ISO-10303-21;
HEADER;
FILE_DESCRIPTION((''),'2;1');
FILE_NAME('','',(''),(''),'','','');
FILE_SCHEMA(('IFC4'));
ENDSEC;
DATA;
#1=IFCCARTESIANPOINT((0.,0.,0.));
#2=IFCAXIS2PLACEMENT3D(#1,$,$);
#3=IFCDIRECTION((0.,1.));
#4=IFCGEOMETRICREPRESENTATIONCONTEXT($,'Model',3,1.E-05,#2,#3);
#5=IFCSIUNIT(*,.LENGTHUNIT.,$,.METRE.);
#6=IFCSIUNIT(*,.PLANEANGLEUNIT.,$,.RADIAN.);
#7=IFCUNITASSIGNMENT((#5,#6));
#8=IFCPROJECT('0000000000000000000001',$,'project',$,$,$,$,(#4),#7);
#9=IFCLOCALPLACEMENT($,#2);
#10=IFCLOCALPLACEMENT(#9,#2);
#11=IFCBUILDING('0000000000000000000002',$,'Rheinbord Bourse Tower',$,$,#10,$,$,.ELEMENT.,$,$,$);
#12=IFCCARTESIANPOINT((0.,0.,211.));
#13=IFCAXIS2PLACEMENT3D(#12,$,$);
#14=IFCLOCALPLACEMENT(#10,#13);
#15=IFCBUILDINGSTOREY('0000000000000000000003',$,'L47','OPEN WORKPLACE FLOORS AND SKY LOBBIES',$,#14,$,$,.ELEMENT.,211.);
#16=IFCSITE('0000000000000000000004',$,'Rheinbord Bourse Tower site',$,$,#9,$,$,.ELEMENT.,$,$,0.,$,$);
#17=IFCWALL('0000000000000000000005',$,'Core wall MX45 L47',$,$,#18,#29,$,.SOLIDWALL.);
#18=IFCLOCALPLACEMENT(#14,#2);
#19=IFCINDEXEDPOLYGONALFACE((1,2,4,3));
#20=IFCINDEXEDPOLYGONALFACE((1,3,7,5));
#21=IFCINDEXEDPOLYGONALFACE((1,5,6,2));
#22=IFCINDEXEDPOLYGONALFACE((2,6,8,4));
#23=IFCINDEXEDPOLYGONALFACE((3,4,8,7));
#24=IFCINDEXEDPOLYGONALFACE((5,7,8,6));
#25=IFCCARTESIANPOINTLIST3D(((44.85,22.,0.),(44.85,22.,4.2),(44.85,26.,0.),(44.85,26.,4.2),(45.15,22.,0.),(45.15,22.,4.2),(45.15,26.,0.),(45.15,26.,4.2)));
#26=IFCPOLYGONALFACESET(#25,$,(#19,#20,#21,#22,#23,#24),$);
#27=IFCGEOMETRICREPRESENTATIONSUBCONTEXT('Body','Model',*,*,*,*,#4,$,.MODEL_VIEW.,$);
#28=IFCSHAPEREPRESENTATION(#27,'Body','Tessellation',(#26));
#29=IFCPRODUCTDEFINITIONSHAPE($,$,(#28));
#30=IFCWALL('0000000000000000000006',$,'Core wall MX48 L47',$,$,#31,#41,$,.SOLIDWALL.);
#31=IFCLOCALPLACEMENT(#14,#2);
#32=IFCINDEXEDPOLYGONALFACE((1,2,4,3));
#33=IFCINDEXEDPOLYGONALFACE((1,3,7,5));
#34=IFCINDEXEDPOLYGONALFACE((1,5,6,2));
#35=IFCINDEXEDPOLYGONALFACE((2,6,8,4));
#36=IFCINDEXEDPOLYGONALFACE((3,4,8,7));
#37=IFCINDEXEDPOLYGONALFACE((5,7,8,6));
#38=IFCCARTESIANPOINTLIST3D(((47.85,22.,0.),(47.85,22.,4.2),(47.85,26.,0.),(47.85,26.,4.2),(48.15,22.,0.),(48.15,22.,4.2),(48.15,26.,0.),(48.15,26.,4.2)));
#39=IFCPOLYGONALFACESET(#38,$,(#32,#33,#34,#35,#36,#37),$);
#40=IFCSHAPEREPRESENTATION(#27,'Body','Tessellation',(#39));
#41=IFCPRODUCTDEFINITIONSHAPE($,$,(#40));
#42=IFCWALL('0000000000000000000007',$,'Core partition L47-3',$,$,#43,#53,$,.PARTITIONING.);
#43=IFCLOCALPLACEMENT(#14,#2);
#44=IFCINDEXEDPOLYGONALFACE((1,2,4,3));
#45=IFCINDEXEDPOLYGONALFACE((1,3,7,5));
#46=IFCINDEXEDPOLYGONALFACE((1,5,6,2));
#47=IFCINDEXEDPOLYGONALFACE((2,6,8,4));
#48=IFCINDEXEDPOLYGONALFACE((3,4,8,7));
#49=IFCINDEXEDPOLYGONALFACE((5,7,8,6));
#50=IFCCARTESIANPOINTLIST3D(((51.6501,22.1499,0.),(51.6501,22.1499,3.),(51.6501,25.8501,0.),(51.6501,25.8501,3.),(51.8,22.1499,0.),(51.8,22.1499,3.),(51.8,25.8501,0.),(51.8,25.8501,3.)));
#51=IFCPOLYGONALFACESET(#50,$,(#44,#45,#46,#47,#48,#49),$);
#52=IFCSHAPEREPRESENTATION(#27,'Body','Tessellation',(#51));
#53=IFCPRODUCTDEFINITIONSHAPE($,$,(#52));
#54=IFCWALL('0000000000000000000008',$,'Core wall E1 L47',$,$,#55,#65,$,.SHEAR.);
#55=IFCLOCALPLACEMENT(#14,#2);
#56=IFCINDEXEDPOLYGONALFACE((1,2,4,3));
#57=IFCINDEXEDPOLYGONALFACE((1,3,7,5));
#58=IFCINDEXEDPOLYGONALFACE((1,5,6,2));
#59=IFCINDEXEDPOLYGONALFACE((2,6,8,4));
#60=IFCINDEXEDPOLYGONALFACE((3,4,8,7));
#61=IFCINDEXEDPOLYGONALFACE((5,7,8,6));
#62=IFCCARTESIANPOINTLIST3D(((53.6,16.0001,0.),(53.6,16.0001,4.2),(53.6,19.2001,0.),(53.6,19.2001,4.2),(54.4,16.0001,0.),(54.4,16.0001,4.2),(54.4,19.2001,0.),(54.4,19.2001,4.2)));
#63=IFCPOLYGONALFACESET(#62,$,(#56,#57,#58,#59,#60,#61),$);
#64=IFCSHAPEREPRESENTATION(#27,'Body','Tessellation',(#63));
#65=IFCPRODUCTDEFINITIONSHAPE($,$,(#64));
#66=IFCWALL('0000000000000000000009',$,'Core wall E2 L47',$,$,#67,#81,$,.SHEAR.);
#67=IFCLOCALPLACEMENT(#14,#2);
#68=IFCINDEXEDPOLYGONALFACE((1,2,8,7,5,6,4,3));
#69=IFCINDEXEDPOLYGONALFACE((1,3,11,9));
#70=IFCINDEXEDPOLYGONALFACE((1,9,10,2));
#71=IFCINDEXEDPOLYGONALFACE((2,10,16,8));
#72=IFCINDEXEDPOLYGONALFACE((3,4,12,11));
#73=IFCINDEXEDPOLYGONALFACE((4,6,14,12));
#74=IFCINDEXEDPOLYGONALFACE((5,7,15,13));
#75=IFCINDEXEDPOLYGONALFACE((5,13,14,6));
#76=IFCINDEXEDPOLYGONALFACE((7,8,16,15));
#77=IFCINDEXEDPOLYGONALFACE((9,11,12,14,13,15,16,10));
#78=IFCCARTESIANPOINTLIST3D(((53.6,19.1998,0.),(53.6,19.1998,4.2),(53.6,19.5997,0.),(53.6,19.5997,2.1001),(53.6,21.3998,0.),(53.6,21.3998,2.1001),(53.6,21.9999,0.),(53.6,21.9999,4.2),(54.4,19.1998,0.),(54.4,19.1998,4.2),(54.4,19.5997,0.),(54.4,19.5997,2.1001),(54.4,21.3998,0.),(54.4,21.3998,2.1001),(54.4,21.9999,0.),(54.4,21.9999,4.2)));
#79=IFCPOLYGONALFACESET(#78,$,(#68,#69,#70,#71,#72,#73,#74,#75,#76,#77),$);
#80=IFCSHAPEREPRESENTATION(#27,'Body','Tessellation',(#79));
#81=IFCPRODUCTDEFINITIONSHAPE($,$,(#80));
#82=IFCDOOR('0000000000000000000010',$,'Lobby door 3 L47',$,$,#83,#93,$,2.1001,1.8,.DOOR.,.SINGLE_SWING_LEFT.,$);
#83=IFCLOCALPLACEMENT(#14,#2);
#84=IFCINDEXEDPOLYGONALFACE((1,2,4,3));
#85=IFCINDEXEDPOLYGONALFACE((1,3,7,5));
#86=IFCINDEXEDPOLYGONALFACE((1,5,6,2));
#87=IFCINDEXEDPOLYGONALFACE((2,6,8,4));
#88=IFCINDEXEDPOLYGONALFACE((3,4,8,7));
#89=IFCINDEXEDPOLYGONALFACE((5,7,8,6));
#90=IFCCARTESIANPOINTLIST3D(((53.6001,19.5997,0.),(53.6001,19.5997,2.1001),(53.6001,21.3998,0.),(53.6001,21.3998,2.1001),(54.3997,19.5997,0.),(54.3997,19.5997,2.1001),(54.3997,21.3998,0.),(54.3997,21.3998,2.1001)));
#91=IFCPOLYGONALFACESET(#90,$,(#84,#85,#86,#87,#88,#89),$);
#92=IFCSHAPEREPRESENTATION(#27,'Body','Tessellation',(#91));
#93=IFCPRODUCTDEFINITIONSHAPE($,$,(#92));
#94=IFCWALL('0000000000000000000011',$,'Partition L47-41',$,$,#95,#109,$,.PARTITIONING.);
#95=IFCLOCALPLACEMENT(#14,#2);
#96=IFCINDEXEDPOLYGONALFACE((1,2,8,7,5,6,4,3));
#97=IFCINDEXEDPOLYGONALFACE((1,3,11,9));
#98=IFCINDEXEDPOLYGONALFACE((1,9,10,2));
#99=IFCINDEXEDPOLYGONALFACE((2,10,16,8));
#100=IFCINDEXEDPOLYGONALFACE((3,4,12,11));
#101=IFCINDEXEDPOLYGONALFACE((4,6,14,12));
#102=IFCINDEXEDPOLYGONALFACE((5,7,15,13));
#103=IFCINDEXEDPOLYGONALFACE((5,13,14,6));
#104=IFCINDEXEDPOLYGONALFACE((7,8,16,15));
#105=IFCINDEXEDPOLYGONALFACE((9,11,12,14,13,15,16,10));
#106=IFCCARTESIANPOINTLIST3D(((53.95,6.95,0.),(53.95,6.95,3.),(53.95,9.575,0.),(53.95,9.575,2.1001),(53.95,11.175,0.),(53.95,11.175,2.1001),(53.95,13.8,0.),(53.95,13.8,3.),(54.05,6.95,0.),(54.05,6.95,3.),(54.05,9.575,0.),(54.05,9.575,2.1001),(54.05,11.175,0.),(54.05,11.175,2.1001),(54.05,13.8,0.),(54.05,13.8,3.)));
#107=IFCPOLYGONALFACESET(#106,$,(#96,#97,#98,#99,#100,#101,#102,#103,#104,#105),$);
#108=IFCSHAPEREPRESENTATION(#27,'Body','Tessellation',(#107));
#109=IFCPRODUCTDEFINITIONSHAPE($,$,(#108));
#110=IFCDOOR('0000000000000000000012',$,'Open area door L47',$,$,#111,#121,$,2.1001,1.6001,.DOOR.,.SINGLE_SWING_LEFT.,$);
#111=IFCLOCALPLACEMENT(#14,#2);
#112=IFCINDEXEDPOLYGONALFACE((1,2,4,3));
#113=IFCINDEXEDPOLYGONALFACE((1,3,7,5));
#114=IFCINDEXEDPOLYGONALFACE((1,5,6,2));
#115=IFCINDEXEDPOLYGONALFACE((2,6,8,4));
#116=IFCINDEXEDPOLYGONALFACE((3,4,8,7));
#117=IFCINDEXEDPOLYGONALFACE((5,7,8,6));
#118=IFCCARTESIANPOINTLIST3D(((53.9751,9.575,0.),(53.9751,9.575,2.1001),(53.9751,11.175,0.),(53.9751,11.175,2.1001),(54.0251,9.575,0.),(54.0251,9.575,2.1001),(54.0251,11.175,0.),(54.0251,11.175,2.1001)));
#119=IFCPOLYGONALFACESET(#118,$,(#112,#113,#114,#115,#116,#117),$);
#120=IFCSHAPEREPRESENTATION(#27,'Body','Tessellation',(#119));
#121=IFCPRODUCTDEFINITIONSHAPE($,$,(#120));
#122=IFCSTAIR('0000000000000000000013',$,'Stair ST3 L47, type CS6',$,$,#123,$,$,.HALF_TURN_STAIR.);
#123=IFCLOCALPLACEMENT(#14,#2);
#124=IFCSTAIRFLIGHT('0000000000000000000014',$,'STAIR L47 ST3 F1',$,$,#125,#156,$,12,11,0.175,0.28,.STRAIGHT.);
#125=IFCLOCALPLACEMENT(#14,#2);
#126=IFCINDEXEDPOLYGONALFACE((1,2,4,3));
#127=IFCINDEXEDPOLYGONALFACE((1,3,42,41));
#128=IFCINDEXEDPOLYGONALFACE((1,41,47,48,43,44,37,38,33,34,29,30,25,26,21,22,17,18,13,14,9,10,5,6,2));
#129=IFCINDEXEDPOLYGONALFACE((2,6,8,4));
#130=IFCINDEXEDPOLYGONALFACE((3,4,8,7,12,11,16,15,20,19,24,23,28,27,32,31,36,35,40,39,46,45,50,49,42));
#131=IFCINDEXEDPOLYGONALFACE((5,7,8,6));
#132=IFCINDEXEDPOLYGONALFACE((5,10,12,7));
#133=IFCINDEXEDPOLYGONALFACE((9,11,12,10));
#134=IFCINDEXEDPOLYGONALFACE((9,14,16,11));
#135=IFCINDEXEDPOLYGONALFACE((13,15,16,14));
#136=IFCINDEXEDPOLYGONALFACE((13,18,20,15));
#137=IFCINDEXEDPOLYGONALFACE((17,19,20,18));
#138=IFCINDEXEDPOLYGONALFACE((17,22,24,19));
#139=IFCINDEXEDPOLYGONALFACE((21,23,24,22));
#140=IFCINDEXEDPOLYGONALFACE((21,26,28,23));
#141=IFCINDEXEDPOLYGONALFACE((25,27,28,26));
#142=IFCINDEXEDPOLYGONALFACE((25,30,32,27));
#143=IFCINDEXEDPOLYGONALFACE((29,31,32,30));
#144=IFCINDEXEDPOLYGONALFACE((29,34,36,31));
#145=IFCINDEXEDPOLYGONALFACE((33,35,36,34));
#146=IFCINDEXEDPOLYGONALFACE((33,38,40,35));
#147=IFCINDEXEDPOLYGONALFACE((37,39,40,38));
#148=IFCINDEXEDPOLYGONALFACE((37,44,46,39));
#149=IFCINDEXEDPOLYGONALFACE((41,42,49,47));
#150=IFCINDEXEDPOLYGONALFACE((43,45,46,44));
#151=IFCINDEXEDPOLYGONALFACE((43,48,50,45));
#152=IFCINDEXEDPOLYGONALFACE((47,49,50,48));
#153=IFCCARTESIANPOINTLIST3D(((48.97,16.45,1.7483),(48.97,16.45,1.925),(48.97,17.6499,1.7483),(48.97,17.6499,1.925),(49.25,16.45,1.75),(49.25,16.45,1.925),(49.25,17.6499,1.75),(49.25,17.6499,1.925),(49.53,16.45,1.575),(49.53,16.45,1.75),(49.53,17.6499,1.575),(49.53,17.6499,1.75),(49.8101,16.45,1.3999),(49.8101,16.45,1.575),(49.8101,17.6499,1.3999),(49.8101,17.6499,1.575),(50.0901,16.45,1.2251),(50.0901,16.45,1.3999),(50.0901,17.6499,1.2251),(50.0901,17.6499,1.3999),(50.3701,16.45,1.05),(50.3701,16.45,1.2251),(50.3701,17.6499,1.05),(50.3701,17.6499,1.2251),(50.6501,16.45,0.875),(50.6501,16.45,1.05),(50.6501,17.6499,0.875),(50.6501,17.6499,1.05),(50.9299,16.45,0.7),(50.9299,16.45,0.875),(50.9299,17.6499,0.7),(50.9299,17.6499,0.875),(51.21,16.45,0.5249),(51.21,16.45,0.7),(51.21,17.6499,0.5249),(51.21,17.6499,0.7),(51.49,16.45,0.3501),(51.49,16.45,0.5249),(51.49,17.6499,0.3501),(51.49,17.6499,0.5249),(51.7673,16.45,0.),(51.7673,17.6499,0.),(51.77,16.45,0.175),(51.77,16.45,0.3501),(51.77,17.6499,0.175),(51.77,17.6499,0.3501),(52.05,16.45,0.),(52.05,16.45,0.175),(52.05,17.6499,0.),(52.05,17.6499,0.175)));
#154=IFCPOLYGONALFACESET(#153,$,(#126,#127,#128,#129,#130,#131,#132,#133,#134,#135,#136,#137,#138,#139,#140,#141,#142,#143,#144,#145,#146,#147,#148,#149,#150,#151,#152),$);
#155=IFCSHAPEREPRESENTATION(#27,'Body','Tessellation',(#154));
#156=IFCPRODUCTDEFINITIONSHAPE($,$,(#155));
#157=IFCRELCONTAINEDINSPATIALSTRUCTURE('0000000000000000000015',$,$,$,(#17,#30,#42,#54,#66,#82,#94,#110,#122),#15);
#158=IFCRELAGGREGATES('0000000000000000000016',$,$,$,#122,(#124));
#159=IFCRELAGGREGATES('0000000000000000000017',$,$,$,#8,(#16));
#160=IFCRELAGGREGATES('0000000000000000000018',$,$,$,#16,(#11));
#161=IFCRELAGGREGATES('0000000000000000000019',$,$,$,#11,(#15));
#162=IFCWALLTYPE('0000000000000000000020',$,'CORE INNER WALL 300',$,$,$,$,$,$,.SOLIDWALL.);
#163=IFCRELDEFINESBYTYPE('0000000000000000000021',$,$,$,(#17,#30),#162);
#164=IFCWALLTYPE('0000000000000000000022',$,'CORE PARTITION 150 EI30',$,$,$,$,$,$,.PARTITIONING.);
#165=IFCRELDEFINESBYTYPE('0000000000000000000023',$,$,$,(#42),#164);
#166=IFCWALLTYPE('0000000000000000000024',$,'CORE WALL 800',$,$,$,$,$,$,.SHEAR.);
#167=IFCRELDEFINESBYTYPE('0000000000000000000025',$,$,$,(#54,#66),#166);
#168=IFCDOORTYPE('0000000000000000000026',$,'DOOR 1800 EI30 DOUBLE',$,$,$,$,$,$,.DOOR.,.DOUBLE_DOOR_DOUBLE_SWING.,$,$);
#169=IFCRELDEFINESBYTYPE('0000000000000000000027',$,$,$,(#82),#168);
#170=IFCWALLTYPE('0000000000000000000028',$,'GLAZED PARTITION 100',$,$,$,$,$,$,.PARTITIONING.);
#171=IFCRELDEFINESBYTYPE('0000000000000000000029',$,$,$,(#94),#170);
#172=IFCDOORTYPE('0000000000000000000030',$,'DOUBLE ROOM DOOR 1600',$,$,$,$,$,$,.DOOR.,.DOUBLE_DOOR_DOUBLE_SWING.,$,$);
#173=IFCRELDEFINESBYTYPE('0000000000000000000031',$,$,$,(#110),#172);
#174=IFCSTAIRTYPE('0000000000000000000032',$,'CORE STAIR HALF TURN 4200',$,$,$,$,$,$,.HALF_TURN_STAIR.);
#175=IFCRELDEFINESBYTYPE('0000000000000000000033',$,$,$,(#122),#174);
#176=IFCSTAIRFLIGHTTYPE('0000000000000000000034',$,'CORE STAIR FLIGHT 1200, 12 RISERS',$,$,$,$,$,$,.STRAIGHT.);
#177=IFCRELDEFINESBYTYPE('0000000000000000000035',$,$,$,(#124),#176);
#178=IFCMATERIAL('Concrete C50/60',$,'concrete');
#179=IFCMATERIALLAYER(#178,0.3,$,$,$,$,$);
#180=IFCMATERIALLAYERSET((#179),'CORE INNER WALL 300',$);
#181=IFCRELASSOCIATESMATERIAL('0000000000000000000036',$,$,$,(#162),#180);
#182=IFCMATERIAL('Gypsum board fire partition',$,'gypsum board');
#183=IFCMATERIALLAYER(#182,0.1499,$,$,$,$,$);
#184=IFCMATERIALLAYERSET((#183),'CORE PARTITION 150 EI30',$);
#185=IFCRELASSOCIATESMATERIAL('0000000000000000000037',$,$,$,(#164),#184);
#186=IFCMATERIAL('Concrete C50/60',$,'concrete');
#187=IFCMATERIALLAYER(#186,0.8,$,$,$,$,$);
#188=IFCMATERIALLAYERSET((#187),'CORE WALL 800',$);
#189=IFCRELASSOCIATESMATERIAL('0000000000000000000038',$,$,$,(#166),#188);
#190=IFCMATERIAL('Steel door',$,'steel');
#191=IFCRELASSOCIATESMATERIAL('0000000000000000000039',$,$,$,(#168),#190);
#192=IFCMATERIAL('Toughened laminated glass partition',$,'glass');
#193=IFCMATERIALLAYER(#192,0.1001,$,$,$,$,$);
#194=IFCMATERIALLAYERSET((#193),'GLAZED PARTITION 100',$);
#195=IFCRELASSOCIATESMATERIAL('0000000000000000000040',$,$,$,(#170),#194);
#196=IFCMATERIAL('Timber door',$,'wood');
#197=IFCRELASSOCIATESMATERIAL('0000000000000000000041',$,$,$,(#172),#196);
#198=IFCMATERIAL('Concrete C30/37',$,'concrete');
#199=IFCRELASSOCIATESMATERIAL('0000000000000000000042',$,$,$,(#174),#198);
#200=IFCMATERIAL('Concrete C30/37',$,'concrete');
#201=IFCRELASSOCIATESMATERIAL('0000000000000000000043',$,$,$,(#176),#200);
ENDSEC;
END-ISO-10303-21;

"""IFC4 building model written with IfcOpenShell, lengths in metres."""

from ifc_helpers import new_model, si_unit, direction, frame, frame_2d, origin, place, context, subcontext, project, spatial, polyline, rectangle, outline, extrude, material, layer, layer_set, type_object, element, fill, aggregate, save


model = new_model("IFC4")

# Units and contexts
model_context = context("Model", 3, precision=1e-05, world=origin(), true_north=direction((0.0, 1.0)))
body_context = subcontext(model_context, "Body", "Model", "MODEL_VIEW")
ifc_project = project(units=[si_unit("LENGTHUNIT", "METRE"), si_unit("PLANEANGLEUNIT", "RADIAN")], contexts=[model_context])

# Site, building, storey
site_placement = place(None, origin())
site = spatial("IfcSite", under=ifc_project, at=site_placement, Name="Rheinbord Bourse Tower site", CompositionType="ELEMENT", RefElevation=0.0)
building_placement = place(site_placement, origin())
building = spatial("IfcBuilding", under=site, at=building_placement, Name="Rheinbord Bourse Tower", CompositionType="ELEMENT")
storey_placement = place(building_placement, frame((0.0, 0.0, 211.0)))
storey = spatial("IfcBuildingStorey", under=building, at=storey_placement, Name="L47", Description="OPEN WORKPLACE FLOORS AND SKY LOBBIES", CompositionType="ELEMENT", Elevation=211.0)

# Shared definitions
ifc_material_1 = material(Name="Concrete C50/60", Category="concrete")
ifc_layer_1 = layer(ifc_material_1, 0.3)
ifc_layer_set_1 = layer_set([ifc_layer_1], Name="CORE INNER WALL 300")
wall_type_1 = type_object("IfcWallType", Name="CORE INNER WALL 300", PredefinedType="SOLIDWALL", material=ifc_layer_set_1)

# Walls
for number, where, z_axis, x_axis, name in (
    (1, (45.0, 22.0, 0.0), (0.0, 0.0, 1.0), (0.0, 1.0, 0.0), "Core wall MX45 L47"),
    (2, (48.0, 22.0, 0.0), (0.0, 0.0, 1.0), (0.0, 1.0, 0.0), "Core wall MX48 L47"),
):
    element("IfcWall", number, at=place(storey_placement, frame(where, z_axis=z_axis, x_axis=x_axis)), inside=storey, type_object=wall_type_1, Name=name, PredefinedType="SOLIDWALL", context=body_context, shape_type="SweptSolid", body=[
        extrude(rectangle(XDim=4.0, YDim=0.3, at=frame_2d((2.0, 0.0))), origin(), (0.0, 0.0, 1.0), 4.2),
    ])
ifc_material_2 = material(Name="Gypsum board fire partition", Category="gypsum board")
ifc_layer_2 = layer(ifc_material_2, 0.1499)
ifc_layer_set_2 = layer_set([ifc_layer_2], Name="CORE PARTITION 150 EI30")
wall_type_2 = type_object("IfcWallType", Name="CORE PARTITION 150 EI30", PredefinedType="PARTITIONING", material=ifc_layer_set_2)
wall_1_placement = place(storey_placement, frame((51.7251, 22.1499, 0.0), z_axis=(0.0, 0.0, 1.0), x_axis=(0.0, 1.0, 0.0)))
element("IfcWall", 3, at=wall_1_placement, inside=storey, type_object=wall_type_2, Name="Core partition L47-3", PredefinedType="PARTITIONING", context=body_context, shape_type="SweptSolid", body=[
    extrude(rectangle(XDim=3.7002, YDim=0.1499, at=frame_2d((1.8501, 0.0))), origin(), (0.0, 0.0, 1.0), 3.0),
])
ifc_material_3 = material(Name="Concrete C50/60", Category="concrete")
ifc_layer_3 = layer(ifc_material_3, 0.8)
ifc_layer_set_3 = layer_set([ifc_layer_3], Name="CORE WALL 800")
wall_type_3 = type_object("IfcWallType", Name="CORE WALL 800", PredefinedType="SHEAR", material=ifc_layer_set_3)
wall_2_placement = place(storey_placement, frame((54.0, 16.0, 0.0), z_axis=(0.0, 0.0, 1.0), x_axis=(0.0, 1.0, 0.0)))
element("IfcWall", 4, at=wall_2_placement, inside=storey, type_object=wall_type_3, Name="Core wall E1 L47", PredefinedType="SHEAR", context=body_context, shape_type="SweptSolid", body=[
    extrude(rectangle(XDim=3.2, YDim=0.8, at=frame_2d((1.6001, 0.0))), origin(), (0.0, 0.0, 1.0), 4.2),
])

# Walls, openings, doors
wall_3_placement = place(storey_placement, frame((54.0, 19.2, 0.0), z_axis=(0.0, 0.0, 1.0), x_axis=(0.0, 1.0, 0.0)))
wall_3 = element("IfcWall", 5, at=wall_3_placement, inside=storey, type_object=wall_type_3, Name="Core wall E2 L47", PredefinedType="SHEAR", context=body_context, shape_type="SweptSolid", body=[
    extrude(rectangle(XDim=2.8, YDim=0.8, at=frame_2d((1.3999, 0.0))), origin(), (0.0, 0.0, 1.0), 4.2),
])
opening_1_placement = place(wall_3_placement, frame((0.3999, 0.0, 0.0)))
opening_1 = element("IfcOpeningElement", 6, at=opening_1_placement, cuts=wall_3, PredefinedType="OPENING", context=body_context, shape_type="SweptSolid", body=[
    extrude(rectangle(XDim=1.8, YDim=2.1001, at=frame_2d((0.8999, 1.05))), frame((0.0, 0.4099, 0.0), z_axis=(0.0, -1.0, 0.0), x_axis=(1.0, 0.0, 0.0)), (0.0, 0.0, 1.0), 0.8201),
])
ifc_material_4 = material(Name="Steel door", Category="steel")
door_type_1 = type_object("IfcDoorType", Name="DOOR 1800 EI30 DOUBLE", OperationType="DOUBLE_DOOR_DOUBLE_SWING", PredefinedType="DOOR", material=ifc_material_4)
door_1_placement = place(opening_1_placement, origin())
door_1 = element("IfcDoor", 7, at=door_1_placement, inside=storey, type_object=door_type_1, Name="Lobby door 3 L47", OperationType="SINGLE_SWING_LEFT", OverallHeight=2.1001, OverallWidth=1.8, PredefinedType="DOOR", context=body_context, shape_type="SweptSolid", body=[
    extrude(rectangle(XDim=1.8, YDim=2.1001, at=frame_2d((0.8999, 1.05))), frame((0.0, 0.3999, 0.0), z_axis=(0.0, -1.0, 0.0), x_axis=(1.0, 0.0, 0.0)), (0.0, 0.0, 1.0), 0.7996),
])
fill(opening_1, door_1)
ifc_material_5 = material(Name="Toughened laminated glass partition", Category="glass")
ifc_layer_4 = layer(ifc_material_5, 0.1001)
ifc_layer_set_4 = layer_set([ifc_layer_4], Name="GLAZED PARTITION 100")
wall_type_4 = type_object("IfcWallType", Name="GLAZED PARTITION 100", PredefinedType="PARTITIONING", material=ifc_layer_set_4)
wall_4_placement = place(storey_placement, frame((54.0, 6.95, 0.0), z_axis=(0.0, 0.0, 1.0), x_axis=(0.0, 1.0, 0.0)))
wall_4 = element("IfcWall", 8, at=wall_4_placement, inside=storey, type_object=wall_type_4, Name="Partition L47-41", PredefinedType="PARTITIONING", context=body_context, shape_type="SweptSolid", body=[
    extrude(rectangle(XDim=6.8501, YDim=0.1001, at=frame_2d((3.425, 0.0))), origin(), (0.0, 0.0, 1.0), 3.0),
])
opening_2_placement = place(wall_4_placement, frame((2.625, 0.0, 0.0)))
opening_2 = element("IfcOpeningElement", 9, at=opening_2_placement, cuts=wall_4, PredefinedType="OPENING", context=body_context, shape_type="SweptSolid", body=[
    extrude(rectangle(XDim=1.6001, YDim=2.1001, at=frame_2d((0.8, 1.05))), frame((0.0, 0.0601, 0.0), z_axis=(0.0, -1.0, 0.0), x_axis=(1.0, 0.0, 0.0)), (0.0, 0.0, 1.0), 0.1201),
])
ifc_material_6 = material(Name="Timber door", Category="wood")
door_type_2 = type_object("IfcDoorType", Name="DOUBLE ROOM DOOR 1600", OperationType="DOUBLE_DOOR_DOUBLE_SWING", PredefinedType="DOOR", material=ifc_material_6)
door_2_placement = place(opening_2_placement, origin())
door_2 = element("IfcDoor", 10, at=door_2_placement, inside=storey, type_object=door_type_2, Name="Open area door L47", OperationType="SINGLE_SWING_LEFT", OverallHeight=2.1001, OverallWidth=1.6001, PredefinedType="DOOR", context=body_context, shape_type="SweptSolid", body=[
    extrude(rectangle(XDim=1.6001, YDim=2.1001, at=frame_2d((0.8, 1.05))), frame((0.0, 0.0249, 0.0), z_axis=(0.0, -1.0, 0.0), x_axis=(1.0, 0.0, 0.0)), (0.0, 0.0, 1.0), 0.05),
])
fill(opening_2, door_2)

# Stair, stair flight
ifc_material_7 = material(Name="Concrete C30/37", Category="concrete")
stair_type = type_object("IfcStairType", Name="CORE STAIR HALF TURN 4200", PredefinedType="HALF_TURN_STAIR", material=ifc_material_7)
stair_placement = place(storey_placement, origin())
stair = element("IfcStair", 11, at=stair_placement, inside=storey, type_object=stair_type, Name="Stair ST3 L47, type CS6", PredefinedType="HALF_TURN_STAIR")
ifc_material_8 = material(Name="Concrete C30/37", Category="concrete")
stair_flight_type = type_object("IfcStairFlightType", Name="CORE STAIR FLIGHT 1200, 12 RISERS", PredefinedType="STRAIGHT", material=ifc_material_8)
stair_flight_1_placement = place(storey_placement, frame((52.05, 17.05, 0.0), z_axis=(0.0, 0.0, 1.0), x_axis=(-1.0, 0.0, 0.0)))
stair_flight_1 = element("IfcStairFlight", 12, at=stair_flight_1_placement, type_object=stair_flight_type, Name="STAIR L47 ST3 F1", NumberOfRisers=12, NumberOfTreads=11, PredefinedType="STRAIGHT", RiserHeight=0.175, TreadLength=0.28, context=body_context, shape_type="SweptSolid", body=[
    extrude(outline(polyline([(0.0, 0.0), (0.0, 0.175), (0.28, 0.175), (0.28, 0.3501), (0.5601, 0.3501), (0.5601, 0.5249), (0.8401, 0.5249), (0.8401, 0.7), (1.1201, 0.7), (1.1201, 0.875), (1.3999, 0.875), (1.3999, 1.05), (1.6799, 1.05), (1.6799, 1.2251), (1.96, 1.2251), (1.96, 1.3999), (2.24, 1.3999), (2.24, 1.575), (2.52, 1.575), (2.52, 1.75), (2.8, 1.75), (2.8, 1.925), (3.0801, 1.925), (3.0801, 2.1001), (3.0801, 1.7483), (0.2827, 0.0), (0.0, 0.0)])), frame((0.0, 0.6001, 0.0), z_axis=(0.0, -1.0, 0.0), x_axis=(1.0, 0.0, 0.0)), (0.0, 0.0, 1.0), 1.2),
])
aggregate(stair, [stair_flight_1])

save(model, "model.ifc")
